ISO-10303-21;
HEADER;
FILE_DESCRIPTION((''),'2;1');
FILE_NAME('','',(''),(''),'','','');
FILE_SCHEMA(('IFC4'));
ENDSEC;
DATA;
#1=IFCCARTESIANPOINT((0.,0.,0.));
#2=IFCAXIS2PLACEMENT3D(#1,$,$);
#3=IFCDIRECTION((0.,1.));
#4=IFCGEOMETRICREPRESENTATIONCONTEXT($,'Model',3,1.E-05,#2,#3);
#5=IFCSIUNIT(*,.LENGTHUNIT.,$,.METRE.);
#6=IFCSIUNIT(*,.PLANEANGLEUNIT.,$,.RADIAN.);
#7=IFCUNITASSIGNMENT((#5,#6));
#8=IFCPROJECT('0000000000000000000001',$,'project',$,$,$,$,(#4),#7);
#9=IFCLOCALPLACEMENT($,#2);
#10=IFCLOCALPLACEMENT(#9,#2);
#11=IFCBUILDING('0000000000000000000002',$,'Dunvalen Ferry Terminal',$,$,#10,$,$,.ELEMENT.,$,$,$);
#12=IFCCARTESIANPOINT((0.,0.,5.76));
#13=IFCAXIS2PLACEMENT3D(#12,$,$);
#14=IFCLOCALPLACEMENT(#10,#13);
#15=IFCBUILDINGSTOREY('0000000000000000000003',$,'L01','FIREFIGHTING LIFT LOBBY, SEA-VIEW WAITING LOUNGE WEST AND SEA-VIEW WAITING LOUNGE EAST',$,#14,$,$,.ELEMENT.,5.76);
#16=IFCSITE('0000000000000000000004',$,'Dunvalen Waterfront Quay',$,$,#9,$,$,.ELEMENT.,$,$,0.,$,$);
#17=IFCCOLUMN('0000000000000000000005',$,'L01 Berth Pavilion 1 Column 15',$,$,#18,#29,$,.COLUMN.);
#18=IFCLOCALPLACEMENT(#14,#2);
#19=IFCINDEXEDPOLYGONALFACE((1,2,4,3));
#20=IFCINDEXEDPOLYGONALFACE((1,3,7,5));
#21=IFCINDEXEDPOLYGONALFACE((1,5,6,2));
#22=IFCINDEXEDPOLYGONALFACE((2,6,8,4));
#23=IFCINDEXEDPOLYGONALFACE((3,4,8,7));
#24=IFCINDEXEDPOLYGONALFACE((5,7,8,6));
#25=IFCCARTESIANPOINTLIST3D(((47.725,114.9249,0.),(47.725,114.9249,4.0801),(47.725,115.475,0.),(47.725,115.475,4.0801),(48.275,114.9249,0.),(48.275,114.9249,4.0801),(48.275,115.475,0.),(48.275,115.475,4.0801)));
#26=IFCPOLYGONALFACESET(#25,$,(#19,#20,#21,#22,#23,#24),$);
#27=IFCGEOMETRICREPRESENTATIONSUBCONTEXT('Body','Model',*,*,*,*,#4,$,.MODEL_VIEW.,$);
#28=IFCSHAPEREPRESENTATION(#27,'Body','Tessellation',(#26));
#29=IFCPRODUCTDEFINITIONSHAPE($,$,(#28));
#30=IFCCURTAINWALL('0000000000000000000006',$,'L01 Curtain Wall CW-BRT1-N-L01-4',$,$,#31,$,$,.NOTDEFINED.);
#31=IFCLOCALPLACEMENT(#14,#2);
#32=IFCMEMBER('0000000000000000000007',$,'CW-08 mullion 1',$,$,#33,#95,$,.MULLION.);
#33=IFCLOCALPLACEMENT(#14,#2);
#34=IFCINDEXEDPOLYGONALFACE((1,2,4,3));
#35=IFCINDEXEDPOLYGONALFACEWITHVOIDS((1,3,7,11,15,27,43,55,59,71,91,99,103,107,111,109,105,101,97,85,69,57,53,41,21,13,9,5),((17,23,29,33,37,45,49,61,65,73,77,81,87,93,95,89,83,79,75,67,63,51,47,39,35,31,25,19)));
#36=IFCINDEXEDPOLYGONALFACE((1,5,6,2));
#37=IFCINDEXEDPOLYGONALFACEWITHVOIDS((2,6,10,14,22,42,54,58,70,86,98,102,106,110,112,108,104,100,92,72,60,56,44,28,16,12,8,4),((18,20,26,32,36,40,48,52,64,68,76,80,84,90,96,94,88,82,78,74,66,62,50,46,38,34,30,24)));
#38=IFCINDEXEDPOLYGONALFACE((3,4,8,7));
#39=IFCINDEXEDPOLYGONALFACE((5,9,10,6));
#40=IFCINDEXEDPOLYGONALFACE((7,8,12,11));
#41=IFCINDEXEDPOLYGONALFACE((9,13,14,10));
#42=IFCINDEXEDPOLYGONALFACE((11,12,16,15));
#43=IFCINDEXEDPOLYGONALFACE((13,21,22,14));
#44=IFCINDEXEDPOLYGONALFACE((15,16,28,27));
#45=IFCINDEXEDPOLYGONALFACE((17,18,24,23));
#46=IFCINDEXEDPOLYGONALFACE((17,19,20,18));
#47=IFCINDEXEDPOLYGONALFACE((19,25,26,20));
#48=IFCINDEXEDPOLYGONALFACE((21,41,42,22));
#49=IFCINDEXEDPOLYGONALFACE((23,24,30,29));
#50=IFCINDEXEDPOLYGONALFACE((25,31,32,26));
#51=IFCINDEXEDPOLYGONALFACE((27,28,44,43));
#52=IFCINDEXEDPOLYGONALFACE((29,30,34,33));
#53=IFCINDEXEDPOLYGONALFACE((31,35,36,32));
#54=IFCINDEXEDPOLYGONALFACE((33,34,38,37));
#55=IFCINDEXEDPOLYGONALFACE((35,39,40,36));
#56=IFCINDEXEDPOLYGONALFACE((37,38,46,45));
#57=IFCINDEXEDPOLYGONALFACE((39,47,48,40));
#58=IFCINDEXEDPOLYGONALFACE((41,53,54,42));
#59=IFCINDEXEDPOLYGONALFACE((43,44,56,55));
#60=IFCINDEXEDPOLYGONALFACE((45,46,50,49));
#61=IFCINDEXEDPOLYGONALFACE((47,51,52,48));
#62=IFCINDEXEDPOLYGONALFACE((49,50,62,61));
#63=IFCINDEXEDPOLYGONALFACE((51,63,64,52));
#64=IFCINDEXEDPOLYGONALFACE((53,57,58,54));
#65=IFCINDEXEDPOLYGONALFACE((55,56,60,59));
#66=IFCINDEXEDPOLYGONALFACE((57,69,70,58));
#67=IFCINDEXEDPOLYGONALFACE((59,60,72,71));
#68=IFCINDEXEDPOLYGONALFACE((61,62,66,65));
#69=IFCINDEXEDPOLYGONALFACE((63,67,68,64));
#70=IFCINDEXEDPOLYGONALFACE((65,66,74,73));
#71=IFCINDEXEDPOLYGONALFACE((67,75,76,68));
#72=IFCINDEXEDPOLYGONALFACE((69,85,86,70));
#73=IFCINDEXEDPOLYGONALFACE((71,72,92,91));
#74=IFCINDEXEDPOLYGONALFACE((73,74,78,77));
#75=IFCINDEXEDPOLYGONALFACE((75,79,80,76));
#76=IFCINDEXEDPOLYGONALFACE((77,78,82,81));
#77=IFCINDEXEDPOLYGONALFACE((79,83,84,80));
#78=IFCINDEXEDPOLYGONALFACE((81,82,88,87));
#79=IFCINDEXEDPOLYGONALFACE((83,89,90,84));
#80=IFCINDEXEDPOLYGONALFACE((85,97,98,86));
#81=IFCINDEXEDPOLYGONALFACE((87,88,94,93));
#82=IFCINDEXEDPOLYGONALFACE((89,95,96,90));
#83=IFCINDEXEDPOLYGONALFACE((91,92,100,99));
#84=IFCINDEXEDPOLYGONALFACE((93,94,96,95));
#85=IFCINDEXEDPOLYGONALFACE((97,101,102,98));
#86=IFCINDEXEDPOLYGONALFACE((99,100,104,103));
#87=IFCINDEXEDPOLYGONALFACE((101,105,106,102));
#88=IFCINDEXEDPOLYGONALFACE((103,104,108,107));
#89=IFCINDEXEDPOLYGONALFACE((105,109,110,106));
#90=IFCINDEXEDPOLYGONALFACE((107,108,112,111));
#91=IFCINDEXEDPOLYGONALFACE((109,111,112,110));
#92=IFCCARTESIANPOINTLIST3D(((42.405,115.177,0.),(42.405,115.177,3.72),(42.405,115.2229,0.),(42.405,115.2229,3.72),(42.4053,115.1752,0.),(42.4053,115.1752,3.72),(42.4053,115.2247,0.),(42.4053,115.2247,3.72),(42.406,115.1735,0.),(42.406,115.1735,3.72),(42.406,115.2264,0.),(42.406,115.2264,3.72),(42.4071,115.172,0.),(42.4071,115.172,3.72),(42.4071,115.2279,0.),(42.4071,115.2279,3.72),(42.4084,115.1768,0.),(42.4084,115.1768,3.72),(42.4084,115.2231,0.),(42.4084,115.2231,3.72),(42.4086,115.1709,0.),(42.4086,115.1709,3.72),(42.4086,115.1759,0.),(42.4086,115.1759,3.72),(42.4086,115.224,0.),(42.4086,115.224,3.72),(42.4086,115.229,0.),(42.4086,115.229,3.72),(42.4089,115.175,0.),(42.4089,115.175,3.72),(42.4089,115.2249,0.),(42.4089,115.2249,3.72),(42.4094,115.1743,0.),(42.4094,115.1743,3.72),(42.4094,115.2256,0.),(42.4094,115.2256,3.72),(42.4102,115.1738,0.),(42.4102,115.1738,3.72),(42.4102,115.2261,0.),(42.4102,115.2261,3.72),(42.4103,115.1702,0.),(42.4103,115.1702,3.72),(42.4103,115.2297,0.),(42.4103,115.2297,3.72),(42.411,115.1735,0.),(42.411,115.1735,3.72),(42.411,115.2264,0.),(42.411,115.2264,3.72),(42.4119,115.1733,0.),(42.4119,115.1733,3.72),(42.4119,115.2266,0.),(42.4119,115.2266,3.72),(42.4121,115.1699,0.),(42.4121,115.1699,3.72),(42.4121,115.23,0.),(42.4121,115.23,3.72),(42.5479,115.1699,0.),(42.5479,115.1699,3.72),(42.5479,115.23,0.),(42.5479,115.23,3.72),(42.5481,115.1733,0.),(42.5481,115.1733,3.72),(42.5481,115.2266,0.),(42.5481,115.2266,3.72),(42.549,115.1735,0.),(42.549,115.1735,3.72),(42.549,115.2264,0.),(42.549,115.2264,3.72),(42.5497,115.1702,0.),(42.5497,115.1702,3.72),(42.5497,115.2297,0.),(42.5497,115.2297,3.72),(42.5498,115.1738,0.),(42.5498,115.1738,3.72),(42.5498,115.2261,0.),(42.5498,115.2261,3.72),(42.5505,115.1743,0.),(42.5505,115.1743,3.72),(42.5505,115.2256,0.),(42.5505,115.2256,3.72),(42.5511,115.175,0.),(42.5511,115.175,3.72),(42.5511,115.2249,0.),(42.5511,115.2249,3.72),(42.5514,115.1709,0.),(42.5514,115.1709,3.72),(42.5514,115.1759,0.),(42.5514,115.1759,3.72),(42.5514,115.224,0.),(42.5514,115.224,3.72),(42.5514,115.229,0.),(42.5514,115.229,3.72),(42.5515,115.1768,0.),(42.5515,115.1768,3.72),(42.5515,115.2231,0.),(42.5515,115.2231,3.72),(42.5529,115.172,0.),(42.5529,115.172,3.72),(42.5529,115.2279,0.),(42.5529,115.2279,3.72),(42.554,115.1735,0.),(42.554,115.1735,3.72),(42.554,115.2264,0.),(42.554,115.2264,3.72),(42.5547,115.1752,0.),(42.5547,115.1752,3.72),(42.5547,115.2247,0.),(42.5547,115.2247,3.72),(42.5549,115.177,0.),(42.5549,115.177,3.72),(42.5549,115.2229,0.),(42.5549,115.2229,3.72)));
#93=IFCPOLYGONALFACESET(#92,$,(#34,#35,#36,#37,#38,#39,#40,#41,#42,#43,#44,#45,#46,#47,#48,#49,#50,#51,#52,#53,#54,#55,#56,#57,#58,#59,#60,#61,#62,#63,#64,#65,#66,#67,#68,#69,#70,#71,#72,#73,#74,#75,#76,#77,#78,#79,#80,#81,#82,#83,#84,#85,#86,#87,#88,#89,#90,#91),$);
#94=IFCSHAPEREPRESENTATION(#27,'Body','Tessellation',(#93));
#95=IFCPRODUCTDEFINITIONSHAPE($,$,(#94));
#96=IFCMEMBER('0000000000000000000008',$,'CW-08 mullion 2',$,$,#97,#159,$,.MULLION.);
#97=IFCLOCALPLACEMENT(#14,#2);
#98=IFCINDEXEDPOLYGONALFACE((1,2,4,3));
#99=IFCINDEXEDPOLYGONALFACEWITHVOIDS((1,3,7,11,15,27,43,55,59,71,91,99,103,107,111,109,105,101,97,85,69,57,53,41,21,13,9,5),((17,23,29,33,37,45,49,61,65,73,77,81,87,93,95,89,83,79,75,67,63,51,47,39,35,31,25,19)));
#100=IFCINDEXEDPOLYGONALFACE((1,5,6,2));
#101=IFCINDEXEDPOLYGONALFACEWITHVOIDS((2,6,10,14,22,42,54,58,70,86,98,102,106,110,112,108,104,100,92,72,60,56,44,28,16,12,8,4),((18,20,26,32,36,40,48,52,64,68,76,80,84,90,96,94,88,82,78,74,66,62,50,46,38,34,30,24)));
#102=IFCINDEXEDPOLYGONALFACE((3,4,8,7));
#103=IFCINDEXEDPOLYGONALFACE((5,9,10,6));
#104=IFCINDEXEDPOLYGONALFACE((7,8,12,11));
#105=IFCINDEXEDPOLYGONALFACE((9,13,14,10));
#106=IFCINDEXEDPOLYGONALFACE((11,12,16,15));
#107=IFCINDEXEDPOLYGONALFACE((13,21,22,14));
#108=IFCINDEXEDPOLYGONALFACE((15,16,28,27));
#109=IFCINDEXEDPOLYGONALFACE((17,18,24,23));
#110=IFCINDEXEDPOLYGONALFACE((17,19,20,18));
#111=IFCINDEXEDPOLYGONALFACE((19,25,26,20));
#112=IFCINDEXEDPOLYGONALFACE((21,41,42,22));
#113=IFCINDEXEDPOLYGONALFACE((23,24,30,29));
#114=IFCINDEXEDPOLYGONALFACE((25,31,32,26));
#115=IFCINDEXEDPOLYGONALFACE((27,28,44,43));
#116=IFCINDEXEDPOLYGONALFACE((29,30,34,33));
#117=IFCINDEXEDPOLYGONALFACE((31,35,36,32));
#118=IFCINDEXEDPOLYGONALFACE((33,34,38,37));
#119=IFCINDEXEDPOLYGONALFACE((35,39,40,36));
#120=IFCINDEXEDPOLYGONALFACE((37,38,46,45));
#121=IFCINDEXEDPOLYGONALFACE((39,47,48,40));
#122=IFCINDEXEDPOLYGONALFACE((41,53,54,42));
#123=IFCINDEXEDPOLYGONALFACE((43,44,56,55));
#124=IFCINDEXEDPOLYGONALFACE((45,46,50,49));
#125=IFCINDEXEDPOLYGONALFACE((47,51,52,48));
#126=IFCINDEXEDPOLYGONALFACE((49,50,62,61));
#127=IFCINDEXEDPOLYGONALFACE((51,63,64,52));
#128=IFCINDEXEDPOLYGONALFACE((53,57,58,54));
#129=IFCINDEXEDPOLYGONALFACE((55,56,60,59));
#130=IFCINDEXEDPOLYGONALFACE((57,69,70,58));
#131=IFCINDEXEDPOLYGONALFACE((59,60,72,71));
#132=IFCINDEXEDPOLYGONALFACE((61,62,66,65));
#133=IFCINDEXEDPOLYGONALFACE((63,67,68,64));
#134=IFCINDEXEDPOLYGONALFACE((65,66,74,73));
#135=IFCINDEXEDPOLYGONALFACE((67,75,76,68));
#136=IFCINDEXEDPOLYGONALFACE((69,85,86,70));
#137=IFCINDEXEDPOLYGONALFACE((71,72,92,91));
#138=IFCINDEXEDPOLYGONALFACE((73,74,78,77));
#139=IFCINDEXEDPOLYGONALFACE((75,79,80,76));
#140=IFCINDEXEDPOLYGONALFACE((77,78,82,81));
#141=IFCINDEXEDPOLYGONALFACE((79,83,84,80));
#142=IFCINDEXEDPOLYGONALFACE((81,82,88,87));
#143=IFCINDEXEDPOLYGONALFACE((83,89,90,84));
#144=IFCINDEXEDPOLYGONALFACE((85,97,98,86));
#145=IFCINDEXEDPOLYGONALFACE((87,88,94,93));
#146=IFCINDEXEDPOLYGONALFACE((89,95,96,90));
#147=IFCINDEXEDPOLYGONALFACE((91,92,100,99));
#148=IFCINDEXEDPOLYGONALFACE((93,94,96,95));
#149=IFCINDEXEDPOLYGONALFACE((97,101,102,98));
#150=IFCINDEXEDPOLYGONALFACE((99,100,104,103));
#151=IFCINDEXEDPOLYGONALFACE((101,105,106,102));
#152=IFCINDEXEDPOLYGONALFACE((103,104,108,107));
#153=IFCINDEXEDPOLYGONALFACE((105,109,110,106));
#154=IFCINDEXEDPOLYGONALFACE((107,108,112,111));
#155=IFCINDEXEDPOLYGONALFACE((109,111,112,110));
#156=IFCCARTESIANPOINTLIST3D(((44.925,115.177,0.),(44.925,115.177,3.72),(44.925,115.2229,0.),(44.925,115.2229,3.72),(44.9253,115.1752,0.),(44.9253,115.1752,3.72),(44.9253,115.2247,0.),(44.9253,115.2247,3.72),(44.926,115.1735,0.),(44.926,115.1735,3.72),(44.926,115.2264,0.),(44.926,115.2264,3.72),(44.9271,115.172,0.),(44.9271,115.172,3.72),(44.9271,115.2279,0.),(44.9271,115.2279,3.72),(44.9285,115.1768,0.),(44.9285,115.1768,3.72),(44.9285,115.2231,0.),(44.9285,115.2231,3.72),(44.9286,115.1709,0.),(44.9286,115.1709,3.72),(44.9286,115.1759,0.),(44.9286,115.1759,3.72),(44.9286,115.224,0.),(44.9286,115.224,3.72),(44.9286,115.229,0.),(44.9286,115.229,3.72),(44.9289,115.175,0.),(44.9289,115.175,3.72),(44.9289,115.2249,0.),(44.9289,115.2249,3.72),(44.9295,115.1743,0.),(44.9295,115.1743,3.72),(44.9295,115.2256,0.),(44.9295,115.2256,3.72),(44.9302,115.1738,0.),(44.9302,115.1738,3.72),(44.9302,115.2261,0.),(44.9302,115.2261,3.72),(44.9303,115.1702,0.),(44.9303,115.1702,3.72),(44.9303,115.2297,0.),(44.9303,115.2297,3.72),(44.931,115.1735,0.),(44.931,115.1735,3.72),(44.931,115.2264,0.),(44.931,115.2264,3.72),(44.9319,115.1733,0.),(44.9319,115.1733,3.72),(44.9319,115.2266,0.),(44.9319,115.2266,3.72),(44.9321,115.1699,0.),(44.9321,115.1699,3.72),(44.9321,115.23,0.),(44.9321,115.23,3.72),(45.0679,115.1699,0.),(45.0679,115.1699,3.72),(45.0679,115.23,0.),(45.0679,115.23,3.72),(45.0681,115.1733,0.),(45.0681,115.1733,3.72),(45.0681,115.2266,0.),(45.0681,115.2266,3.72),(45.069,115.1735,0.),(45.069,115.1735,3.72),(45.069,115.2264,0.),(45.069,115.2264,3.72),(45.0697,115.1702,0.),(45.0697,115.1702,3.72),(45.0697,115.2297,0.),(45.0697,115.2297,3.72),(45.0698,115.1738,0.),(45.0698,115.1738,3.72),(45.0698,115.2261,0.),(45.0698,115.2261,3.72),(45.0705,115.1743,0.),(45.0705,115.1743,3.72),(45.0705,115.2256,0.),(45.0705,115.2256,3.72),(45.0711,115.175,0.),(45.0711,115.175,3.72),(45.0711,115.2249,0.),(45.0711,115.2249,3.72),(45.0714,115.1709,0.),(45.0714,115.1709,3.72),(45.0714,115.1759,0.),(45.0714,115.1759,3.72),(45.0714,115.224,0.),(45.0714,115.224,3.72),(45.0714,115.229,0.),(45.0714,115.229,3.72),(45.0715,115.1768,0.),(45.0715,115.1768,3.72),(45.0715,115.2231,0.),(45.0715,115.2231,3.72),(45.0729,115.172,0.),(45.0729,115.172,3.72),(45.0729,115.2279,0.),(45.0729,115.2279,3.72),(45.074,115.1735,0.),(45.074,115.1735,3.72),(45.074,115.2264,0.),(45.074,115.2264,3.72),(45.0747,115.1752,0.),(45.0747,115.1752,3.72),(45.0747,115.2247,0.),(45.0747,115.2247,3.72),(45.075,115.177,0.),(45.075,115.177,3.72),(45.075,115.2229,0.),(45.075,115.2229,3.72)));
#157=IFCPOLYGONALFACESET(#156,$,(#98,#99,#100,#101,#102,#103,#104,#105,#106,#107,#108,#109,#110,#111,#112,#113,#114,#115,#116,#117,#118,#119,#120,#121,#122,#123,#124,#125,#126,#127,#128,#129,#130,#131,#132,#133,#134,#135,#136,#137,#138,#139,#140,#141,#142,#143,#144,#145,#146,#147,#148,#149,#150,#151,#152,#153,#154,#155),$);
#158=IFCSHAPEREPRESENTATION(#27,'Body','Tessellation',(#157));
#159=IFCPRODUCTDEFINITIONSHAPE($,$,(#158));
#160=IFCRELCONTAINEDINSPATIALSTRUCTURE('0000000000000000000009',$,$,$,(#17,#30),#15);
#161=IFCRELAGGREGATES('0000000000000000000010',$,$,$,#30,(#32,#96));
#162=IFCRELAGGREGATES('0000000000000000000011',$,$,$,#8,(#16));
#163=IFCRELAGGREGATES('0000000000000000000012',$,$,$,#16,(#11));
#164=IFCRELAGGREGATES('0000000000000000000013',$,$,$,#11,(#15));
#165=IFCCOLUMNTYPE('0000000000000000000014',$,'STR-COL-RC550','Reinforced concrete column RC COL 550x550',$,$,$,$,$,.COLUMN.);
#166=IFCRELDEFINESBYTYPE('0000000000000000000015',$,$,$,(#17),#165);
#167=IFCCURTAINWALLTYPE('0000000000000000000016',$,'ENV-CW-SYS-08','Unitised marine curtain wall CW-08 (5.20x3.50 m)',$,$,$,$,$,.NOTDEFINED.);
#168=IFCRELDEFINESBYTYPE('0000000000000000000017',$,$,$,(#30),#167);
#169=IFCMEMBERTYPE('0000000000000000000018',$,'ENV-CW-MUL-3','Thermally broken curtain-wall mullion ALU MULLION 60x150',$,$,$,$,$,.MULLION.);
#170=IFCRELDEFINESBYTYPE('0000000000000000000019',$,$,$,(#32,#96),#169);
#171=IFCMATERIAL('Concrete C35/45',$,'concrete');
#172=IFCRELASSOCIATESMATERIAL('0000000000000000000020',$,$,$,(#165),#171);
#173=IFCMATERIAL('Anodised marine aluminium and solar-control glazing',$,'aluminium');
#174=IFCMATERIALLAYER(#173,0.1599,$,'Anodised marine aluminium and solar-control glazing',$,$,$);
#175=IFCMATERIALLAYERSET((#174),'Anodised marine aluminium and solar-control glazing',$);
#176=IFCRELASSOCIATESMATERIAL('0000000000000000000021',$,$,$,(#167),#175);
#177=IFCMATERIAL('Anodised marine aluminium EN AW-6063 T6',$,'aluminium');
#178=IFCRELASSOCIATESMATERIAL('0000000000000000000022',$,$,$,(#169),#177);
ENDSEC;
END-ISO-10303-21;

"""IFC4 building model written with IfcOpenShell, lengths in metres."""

from ifc_helpers import new_model, si_unit, direction, frame, origin, origin_2d, place, context, subcontext, project, spatial, rectangle, hollow_rectangle, extrude, material, layer, layer_set, material_profile, profile_set, type_object, element, aggregate, save


model = new_model("IFC4")

# Units and contexts
model_context = context("Model", 3, precision=1e-05, world=origin(), true_north=direction((0.0, 1.0)))
body_context = subcontext(model_context, "Body", "Model", "MODEL_VIEW")
ifc_project = project(units=[si_unit("LENGTHUNIT", "METRE"), si_unit("PLANEANGLEUNIT", "RADIAN")], contexts=[model_context])

# Site, building, storey
site_placement = place(None, origin())
site = spatial("IfcSite", under=ifc_project, at=site_placement, Name="Dunvalen Waterfront Quay", CompositionType="ELEMENT", RefElevation=0.0)
building_placement = place(site_placement, origin())
building = spatial("IfcBuilding", under=site, at=building_placement, Name="Dunvalen Ferry Terminal", CompositionType="ELEMENT")
storey_placement = place(building_placement, frame((0.0, 0.0, 5.76)))
storey = spatial("IfcBuildingStorey", under=building, at=storey_placement, Name="L01", Description="FIREFIGHTING LIFT LOBBY, SEA-VIEW WAITING LOUNGE WEST AND SEA-VIEW WAITING LOUNGE EAST", CompositionType="ELEMENT", Elevation=5.76)

# Column
ifc_material_1 = material(Name="Concrete C35/45", Category="concrete")
ifc_material_profile_1 = material_profile(ifc_material_1, rectangle(XDim=0.55, YDim=0.55, at=origin_2d()), Name="Concrete C35/45")
ifc_profile_set_1 = profile_set([ifc_material_profile_1], Name="Concrete C35/45")
column_type = type_object("IfcColumnType", Name="STR-COL-RC550", Description="Reinforced concrete column RC COL 550x550", PredefinedType="COLUMN", material=ifc_profile_set_1)
column_placement = place(storey_placement, frame((48.0, 115.2, 0.0), z_axis=(0.0, 0.0, 1.0), x_axis=(1.0, 0.0, 0.0)))
element("IfcColumn", 1, at=column_placement, inside=storey, type_object=column_type, Name="L01 Berth Pavilion 1 Column 15", PredefinedType="COLUMN", context=body_context, shape_type="SweptSolid", body=[
    extrude(rectangle(XDim=0.55, YDim=0.55, at=origin_2d()), origin(), (0.0, 0.0, 1.0), 4.0801),
])

# Curtain wall, members
ifc_material_2 = material(Name="Anodised marine aluminium and solar-control glazing", Category="aluminium")
ifc_layer_1 = layer(ifc_material_2, 0.1599, Name="Anodised marine aluminium and solar-control glazing")
ifc_layer_set_1 = layer_set([ifc_layer_1], Name="Anodised marine aluminium and solar-control glazing")
curtain_wall_type = type_object("IfcCurtainWallType", Name="ENV-CW-SYS-08", Description="Unitised marine curtain wall CW-08 (5.20x3.50 m)", PredefinedType="NOTDEFINED", material=ifc_layer_set_1)
curtain_wall_placement = place(storey_placement, origin())
curtain_wall = element("IfcCurtainWall", 2, at=curtain_wall_placement, inside=storey, type_object=curtain_wall_type, Name="L01 Curtain Wall CW-BRT1-N-L01-4", PredefinedType="NOTDEFINED")
ifc_material_3 = material(Name="Anodised marine aluminium EN AW-6063 T6", Category="aluminium")
ifc_material_profile_2 = material_profile(ifc_material_3, hollow_rectangle(XDim=0.0601, YDim=0.1499, WallThickness=0.0034, InnerFilletRadius=0.0034, OuterFilletRadius=0.0071, at=origin_2d()), Name="Anodised marine aluminium EN AW-6063 T6")
ifc_profile_set_2 = profile_set([ifc_material_profile_2], Name="Anodised marine aluminium EN AW-6063 T6")
member_type_1 = type_object("IfcMemberType", Name="ENV-CW-MUL-3", Description="Thermally broken curtain-wall mullion ALU MULLION 60x150", PredefinedType="MULLION", material=ifc_profile_set_2)
member_1_placement = place(storey_placement, frame((42.48, 115.2, 0.0), z_axis=(0.0, 0.0, 1.0), x_axis=(0.0, 1.0, 0.0)))
member_1 = element("IfcMember", 3, at=member_1_placement, type_object=member_type_1, Name="CW-08 mullion 1", PredefinedType="MULLION", context=body_context, shape_type="SweptSolid", body=[
    extrude(hollow_rectangle(XDim=0.0601, YDim=0.1499, WallThickness=0.0034, InnerFilletRadius=0.0034, OuterFilletRadius=0.0071, at=origin_2d()), origin(), (0.0, 0.0, 1.0), 3.72),
])
member_2_placement = place(storey_placement, frame((45.0, 115.2, 0.0), z_axis=(0.0, 0.0, 1.0), x_axis=(0.0, 1.0, 0.0)))
member_2 = element("IfcMember", 4, at=member_2_placement, type_object=member_type_1, Name="CW-08 mullion 2", PredefinedType="MULLION", context=body_context, shape_type="SweptSolid", body=[
    extrude(hollow_rectangle(XDim=0.0601, YDim=0.1499, WallThickness=0.0034, InnerFilletRadius=0.0034, OuterFilletRadius=0.0071, at=origin_2d()), origin(), (0.0, 0.0, 1.0), 3.72),
])
aggregate(curtain_wall, [member_1, member_2])

save(model, "model.ifc")
